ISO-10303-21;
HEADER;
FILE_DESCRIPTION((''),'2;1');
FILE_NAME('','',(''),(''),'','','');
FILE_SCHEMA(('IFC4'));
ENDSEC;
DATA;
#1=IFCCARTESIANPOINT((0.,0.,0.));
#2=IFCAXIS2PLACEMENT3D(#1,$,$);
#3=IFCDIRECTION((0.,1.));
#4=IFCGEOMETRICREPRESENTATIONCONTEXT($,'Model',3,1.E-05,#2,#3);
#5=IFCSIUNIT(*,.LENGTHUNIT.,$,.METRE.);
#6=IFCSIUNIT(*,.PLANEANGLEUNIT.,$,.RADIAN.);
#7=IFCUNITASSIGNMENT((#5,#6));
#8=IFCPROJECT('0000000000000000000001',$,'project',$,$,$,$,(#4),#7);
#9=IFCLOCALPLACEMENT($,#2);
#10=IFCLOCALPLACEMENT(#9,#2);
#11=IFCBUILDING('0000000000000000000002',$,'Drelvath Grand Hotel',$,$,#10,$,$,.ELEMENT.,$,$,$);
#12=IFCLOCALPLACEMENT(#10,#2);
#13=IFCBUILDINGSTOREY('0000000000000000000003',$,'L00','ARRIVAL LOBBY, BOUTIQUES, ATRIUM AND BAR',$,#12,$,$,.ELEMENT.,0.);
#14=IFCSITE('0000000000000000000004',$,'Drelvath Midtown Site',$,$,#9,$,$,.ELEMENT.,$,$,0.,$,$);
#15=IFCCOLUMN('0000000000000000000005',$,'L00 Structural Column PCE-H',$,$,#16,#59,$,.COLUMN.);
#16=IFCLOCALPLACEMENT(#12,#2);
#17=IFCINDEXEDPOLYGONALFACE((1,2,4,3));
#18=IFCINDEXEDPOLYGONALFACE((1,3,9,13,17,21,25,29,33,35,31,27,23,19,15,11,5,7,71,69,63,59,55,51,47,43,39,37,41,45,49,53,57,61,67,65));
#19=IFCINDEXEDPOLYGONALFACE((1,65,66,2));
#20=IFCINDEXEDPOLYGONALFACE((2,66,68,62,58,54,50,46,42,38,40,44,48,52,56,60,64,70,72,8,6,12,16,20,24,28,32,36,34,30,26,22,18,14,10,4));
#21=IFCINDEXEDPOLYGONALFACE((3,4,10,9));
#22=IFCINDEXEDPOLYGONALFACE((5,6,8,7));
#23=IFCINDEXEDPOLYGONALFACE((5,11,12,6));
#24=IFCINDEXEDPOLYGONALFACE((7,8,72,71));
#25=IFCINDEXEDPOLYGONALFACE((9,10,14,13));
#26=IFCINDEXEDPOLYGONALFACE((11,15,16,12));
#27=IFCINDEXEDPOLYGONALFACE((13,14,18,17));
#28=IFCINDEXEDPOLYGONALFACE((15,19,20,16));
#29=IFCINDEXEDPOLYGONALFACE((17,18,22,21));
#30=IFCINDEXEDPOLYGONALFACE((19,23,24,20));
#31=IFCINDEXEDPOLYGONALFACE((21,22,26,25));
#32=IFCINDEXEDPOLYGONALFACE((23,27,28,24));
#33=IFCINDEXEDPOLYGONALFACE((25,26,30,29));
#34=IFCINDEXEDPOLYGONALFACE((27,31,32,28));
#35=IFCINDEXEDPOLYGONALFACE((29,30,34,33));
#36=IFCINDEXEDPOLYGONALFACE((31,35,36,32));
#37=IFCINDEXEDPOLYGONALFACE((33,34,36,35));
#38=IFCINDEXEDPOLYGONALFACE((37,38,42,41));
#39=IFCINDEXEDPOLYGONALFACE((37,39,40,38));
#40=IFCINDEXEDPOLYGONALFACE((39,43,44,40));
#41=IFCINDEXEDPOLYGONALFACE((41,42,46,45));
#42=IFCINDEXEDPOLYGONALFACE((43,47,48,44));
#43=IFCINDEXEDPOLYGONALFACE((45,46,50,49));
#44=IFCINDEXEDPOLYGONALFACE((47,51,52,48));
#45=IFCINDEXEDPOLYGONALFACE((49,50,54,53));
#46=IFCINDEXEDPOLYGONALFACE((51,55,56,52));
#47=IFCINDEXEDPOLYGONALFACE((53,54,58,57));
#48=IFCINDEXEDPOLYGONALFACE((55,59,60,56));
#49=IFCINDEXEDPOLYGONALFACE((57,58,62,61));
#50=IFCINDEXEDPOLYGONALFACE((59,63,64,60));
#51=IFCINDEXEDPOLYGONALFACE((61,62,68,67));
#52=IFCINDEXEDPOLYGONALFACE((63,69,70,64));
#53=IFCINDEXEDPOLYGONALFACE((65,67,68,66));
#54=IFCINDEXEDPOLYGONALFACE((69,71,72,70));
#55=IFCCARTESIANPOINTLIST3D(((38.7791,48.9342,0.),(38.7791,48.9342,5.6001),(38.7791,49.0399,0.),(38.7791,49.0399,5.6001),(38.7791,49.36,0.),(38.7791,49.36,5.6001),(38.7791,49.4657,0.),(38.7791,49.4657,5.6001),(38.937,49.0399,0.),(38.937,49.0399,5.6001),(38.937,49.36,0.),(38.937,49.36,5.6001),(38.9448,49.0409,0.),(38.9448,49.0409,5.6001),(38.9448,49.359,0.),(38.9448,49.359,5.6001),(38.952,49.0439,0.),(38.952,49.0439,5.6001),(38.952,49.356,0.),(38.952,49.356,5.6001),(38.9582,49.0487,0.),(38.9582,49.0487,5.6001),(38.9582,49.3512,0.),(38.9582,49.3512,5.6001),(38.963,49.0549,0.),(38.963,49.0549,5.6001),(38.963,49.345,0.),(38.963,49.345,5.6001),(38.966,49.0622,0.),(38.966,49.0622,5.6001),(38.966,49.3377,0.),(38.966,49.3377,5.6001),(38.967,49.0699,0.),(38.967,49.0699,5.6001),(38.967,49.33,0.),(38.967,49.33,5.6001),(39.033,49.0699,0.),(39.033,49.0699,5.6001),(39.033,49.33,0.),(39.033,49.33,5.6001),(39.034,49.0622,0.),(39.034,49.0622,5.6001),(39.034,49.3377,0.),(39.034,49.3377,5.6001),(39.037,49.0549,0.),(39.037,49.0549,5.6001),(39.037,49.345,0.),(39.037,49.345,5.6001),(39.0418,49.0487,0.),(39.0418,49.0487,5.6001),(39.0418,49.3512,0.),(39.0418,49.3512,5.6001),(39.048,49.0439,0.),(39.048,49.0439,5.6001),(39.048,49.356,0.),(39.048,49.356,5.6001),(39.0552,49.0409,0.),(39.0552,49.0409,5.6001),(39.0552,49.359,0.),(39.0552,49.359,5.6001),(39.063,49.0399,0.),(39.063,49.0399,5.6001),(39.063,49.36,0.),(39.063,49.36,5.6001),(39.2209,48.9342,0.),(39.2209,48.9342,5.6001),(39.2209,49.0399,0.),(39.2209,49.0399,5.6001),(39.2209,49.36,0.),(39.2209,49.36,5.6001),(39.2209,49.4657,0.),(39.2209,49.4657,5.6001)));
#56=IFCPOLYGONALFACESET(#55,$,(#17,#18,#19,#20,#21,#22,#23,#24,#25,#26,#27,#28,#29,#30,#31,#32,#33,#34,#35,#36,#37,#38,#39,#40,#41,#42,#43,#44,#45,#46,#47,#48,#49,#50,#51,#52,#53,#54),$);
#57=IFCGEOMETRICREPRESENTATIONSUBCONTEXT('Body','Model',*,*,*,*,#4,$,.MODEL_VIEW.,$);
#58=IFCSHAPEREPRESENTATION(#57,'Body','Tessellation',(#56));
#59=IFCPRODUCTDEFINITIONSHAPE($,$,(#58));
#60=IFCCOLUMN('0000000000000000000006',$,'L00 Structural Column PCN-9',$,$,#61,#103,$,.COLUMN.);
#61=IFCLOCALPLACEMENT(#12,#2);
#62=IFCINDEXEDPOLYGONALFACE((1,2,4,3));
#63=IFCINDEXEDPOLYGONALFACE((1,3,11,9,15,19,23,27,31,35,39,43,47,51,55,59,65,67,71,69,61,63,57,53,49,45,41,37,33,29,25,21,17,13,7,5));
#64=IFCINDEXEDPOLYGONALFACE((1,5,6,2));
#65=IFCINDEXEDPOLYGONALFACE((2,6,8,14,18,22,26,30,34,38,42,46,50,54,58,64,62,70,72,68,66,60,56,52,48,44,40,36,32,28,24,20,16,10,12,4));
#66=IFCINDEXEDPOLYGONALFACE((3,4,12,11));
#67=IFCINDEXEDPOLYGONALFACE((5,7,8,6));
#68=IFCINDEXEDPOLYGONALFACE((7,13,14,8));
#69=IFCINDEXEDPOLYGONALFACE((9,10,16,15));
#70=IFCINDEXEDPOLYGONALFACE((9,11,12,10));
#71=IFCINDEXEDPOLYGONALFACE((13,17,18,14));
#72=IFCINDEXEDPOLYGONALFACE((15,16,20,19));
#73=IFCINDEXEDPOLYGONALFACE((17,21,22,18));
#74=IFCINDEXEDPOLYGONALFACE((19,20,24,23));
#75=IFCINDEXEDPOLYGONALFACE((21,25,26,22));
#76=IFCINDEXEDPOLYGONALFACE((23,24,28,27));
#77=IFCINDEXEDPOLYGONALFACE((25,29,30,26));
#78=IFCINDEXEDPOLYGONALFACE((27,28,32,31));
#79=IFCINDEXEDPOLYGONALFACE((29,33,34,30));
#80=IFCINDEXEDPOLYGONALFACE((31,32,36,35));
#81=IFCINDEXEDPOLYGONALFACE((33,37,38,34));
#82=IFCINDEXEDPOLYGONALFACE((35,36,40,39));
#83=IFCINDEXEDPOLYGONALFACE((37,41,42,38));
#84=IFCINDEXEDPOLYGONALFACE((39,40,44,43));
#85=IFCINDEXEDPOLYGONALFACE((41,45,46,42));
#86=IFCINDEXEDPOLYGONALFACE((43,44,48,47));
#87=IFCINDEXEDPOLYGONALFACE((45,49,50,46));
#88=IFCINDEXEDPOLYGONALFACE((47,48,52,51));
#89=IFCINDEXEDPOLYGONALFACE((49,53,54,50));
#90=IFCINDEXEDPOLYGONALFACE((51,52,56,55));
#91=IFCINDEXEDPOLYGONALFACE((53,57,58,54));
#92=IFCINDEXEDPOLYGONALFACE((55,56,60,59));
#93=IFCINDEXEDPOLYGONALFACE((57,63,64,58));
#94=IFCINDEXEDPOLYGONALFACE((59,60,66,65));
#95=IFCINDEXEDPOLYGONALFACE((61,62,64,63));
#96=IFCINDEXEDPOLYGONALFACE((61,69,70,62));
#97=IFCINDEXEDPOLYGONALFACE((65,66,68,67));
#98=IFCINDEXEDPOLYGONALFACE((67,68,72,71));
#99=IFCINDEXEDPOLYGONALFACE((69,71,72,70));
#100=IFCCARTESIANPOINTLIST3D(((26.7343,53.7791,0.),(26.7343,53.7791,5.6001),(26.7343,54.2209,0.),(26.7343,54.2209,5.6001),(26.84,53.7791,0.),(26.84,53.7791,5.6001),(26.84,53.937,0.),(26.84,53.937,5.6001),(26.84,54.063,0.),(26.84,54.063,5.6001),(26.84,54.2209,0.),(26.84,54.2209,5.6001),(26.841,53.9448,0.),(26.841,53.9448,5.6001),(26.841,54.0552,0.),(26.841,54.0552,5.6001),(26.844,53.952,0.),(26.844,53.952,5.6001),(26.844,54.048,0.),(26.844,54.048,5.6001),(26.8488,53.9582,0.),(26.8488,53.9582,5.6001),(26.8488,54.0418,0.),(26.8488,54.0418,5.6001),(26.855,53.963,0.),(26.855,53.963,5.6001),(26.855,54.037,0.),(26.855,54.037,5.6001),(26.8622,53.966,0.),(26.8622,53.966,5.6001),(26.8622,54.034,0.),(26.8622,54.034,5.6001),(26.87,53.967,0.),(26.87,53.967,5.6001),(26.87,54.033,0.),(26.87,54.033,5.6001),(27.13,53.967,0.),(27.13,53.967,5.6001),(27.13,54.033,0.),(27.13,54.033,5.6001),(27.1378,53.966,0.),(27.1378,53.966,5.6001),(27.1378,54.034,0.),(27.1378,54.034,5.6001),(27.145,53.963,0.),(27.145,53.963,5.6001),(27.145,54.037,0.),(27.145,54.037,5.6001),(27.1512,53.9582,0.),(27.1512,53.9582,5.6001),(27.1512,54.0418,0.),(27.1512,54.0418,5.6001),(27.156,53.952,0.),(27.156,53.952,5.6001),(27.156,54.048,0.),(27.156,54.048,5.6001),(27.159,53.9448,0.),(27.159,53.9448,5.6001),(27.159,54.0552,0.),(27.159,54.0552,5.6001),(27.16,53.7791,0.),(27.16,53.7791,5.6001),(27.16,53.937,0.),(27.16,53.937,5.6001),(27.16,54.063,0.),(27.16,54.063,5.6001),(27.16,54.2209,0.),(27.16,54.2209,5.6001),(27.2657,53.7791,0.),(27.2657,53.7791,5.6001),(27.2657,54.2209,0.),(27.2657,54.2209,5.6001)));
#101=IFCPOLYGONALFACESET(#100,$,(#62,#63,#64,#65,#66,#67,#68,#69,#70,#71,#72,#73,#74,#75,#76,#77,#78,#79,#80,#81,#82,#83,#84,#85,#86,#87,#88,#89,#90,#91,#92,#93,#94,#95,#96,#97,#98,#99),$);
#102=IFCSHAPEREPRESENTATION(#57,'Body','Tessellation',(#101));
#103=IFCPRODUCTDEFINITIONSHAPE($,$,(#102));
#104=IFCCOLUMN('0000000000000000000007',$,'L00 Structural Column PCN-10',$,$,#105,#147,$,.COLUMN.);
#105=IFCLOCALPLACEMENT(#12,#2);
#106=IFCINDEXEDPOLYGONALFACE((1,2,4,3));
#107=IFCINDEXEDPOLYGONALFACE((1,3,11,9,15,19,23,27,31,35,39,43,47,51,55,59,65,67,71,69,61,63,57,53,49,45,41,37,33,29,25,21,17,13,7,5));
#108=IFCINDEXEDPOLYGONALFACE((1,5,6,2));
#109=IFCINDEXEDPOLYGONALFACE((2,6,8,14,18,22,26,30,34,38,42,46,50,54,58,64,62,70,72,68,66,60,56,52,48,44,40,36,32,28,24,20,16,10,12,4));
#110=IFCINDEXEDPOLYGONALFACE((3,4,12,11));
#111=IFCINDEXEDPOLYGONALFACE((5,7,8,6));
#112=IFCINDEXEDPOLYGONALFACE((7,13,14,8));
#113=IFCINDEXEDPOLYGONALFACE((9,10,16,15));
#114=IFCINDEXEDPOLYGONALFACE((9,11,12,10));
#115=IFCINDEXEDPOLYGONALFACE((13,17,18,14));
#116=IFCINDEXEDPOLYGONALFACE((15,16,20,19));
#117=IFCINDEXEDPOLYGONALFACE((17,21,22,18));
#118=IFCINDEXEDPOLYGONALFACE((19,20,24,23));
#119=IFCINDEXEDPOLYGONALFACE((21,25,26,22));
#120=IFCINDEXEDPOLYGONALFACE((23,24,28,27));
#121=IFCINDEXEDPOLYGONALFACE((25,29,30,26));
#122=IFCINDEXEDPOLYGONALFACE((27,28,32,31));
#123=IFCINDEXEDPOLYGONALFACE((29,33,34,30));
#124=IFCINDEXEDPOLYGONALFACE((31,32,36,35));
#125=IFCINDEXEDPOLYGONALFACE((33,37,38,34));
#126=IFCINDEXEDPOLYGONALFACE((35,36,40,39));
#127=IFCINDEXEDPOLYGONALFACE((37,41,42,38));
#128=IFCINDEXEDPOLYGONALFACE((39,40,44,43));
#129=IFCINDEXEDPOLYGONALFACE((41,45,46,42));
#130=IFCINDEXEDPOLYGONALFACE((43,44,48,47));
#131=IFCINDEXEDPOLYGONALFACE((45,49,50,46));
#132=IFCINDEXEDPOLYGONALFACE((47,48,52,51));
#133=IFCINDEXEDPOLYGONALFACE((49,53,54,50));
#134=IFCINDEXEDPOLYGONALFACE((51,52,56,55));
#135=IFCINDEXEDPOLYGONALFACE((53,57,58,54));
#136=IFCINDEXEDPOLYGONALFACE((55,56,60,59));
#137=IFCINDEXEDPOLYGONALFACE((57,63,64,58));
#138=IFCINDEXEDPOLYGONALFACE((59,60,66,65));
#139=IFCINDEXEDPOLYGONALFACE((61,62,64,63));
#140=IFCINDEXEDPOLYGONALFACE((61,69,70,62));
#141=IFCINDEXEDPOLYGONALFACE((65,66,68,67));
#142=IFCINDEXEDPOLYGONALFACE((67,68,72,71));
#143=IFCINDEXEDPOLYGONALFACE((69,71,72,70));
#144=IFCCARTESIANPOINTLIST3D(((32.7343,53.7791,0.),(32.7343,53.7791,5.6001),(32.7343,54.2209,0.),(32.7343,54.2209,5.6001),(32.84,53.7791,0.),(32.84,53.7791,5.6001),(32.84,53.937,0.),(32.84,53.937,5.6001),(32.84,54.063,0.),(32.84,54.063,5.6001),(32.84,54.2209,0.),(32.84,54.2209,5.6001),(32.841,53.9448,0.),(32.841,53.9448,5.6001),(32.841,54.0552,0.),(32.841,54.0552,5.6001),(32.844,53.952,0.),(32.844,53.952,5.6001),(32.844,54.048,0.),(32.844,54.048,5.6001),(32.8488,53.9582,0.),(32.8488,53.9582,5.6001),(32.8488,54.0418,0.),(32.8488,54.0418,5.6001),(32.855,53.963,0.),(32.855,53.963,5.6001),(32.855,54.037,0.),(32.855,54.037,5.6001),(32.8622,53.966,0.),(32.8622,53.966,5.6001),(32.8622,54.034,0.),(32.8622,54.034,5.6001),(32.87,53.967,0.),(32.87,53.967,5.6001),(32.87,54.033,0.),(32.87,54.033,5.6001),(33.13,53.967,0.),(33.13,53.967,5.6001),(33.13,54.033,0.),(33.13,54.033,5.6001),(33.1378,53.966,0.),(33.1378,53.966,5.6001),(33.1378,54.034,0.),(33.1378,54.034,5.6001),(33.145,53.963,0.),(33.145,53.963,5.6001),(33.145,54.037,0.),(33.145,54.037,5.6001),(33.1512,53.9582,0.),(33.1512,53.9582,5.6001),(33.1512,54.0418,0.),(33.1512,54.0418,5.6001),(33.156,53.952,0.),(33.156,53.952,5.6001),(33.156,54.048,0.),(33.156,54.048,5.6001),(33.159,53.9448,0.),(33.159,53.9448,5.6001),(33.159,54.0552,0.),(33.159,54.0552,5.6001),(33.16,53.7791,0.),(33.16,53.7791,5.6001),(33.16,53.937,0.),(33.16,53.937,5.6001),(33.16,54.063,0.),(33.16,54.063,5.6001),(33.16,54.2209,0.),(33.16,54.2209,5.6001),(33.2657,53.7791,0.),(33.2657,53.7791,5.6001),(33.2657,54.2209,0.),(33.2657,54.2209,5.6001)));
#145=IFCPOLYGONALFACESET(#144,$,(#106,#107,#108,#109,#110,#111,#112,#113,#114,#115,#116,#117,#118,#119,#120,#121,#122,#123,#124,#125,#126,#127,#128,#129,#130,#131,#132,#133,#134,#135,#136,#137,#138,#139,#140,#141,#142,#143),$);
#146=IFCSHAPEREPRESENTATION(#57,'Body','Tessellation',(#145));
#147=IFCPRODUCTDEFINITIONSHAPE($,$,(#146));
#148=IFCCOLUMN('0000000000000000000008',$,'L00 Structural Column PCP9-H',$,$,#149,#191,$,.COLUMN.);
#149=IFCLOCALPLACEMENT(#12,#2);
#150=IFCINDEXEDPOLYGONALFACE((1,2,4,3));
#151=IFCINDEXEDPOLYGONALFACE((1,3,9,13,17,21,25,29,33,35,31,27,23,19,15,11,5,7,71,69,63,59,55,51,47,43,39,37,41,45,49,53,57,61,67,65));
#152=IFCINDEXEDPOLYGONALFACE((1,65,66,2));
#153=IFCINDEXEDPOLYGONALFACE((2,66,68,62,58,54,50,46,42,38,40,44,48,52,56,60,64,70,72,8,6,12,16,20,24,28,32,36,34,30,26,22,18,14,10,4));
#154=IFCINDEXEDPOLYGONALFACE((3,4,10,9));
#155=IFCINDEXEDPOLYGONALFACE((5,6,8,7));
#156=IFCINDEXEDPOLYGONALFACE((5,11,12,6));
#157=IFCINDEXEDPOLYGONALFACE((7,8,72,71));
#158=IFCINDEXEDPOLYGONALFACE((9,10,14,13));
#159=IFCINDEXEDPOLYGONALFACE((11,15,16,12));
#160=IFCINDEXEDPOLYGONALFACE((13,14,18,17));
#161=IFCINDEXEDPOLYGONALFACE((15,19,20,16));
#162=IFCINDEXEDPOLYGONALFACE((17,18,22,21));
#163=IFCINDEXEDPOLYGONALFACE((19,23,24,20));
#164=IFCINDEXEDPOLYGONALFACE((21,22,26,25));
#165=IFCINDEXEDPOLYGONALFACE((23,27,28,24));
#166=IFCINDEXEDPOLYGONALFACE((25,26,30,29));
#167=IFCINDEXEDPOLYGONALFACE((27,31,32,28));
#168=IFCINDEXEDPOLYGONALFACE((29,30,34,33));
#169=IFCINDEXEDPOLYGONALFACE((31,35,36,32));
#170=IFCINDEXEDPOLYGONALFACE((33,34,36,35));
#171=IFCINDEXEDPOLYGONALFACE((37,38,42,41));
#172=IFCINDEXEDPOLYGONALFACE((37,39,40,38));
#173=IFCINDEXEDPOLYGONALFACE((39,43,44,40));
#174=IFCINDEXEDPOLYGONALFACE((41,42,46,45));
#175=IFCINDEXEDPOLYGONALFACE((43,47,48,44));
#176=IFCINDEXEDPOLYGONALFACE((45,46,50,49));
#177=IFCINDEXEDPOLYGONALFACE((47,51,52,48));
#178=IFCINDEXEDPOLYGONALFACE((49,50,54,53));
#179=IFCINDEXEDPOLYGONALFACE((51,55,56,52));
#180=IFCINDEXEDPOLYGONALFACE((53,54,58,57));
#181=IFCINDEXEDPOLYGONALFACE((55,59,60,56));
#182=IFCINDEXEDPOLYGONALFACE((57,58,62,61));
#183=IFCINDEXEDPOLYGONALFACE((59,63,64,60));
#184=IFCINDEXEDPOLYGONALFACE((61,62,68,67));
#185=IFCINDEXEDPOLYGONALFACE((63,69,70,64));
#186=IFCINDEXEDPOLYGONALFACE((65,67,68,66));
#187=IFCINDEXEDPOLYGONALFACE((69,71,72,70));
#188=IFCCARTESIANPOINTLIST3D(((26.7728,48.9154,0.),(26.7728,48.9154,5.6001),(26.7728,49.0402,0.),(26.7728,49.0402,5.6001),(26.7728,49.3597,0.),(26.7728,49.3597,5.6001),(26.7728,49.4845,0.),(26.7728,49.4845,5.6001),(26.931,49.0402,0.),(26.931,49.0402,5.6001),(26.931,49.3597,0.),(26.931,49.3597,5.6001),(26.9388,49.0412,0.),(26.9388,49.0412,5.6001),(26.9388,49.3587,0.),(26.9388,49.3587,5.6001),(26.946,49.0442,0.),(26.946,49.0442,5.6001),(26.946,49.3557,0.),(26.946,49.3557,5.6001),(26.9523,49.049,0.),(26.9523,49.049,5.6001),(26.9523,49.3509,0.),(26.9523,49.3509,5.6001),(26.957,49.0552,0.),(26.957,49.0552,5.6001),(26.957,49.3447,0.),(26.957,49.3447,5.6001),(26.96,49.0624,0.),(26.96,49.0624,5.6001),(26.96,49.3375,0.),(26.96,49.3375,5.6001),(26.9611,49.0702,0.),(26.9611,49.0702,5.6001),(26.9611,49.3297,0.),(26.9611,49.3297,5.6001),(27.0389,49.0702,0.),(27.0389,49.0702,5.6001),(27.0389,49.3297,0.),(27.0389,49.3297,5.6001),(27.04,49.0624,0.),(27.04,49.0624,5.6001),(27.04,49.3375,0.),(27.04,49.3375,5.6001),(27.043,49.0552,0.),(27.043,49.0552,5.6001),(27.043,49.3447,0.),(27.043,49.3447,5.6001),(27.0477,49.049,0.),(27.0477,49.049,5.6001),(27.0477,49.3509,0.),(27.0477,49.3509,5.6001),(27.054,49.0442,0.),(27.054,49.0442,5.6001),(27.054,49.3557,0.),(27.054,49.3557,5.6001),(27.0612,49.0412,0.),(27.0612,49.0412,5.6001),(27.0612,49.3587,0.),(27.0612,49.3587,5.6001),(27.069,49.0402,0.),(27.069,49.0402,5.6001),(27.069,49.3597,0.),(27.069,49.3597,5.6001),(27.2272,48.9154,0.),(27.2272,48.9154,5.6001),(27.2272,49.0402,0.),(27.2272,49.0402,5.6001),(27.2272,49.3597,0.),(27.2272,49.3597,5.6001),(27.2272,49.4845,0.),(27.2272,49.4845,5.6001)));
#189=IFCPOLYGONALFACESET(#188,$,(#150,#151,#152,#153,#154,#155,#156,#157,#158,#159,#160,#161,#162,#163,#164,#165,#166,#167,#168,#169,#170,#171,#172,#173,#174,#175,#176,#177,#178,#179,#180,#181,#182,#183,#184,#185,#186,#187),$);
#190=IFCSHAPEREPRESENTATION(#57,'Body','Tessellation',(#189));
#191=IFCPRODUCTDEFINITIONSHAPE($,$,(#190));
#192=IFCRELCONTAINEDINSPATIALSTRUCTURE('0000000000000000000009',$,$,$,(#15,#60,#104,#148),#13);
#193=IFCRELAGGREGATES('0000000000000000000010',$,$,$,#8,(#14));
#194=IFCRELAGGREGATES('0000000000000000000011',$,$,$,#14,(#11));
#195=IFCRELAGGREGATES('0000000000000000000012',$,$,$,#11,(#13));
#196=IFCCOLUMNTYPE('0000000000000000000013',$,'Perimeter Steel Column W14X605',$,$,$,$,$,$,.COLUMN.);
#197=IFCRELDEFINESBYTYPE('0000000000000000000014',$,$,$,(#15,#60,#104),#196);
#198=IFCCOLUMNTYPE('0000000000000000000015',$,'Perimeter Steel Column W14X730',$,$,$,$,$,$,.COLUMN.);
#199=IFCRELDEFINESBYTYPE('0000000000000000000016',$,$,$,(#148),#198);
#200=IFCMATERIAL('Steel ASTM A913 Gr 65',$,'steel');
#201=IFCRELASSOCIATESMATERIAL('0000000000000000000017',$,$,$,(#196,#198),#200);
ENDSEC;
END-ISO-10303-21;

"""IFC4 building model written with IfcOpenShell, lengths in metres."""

from ifc_helpers import new_model, si_unit, direction, frame, origin, origin_2d, place, context, subcontext, project, spatial, i_section, extrude, material, material_profile, profile_set, type_object, element, save


model = new_model("IFC4")

# Units and contexts
model_context = context("Model", 3, precision=1e-05, world=origin(), true_north=direction((0.0, 1.0)))
body_context = subcontext(model_context, "Body", "Model", "MODEL_VIEW")
ifc_project = project(units=[si_unit("LENGTHUNIT", "METRE"), si_unit("PLANEANGLEUNIT", "RADIAN")], contexts=[model_context])

# Site, building, storey
site_placement = place(None, origin())
site = spatial("IfcSite", under=ifc_project, at=site_placement, Name="Drelvath Midtown Site", CompositionType="ELEMENT", RefElevation=0.0)
building_placement = place(site_placement, origin())
building = spatial("IfcBuilding", under=site, at=building_placement, Name="Drelvath Grand Hotel", CompositionType="ELEMENT")
storey_placement = place(building_placement, origin())
storey = spatial("IfcBuildingStorey", under=building, at=storey_placement, Name="L00", Description="ARRIVAL LOBBY, BOUTIQUES, ATRIUM AND BAR", CompositionType="ELEMENT", Elevation=0.0)

# Columns
ifc_material_1 = material(Name="Steel ASTM A913 Gr 65", Category="steel")
ifc_material_profile_1 = material_profile(ifc_material_1, i_section(OverallWidth=0.4419, OverallDepth=0.5315, WebThickness=0.0659, FlangeThickness=0.1057, FilletRadius=0.03, at=origin_2d()), Name="W14X605")
ifc_profile_set_1 = profile_set([ifc_material_profile_1], Name="Steel ASTM A913 Gr 65")
column_type_1 = type_object("IfcColumnType", Name="Perimeter Steel Column W14X605", PredefinedType="COLUMN", material=ifc_profile_set_1)
for number, where, z_axis, x_axis, name in (
    (1, (39.0, 49.2, 0.0), (0.0, 0.0, 1.0), (1.0, 0.0, 0.0), "L00 Structural Column PCE-H"),
    (2, (27.0, 54.0, 0.0), (0.0, 0.0, 1.0), (0.0, 1.0, 0.0), "L00 Structural Column PCN-9"),
    (3, (33.0, 54.0, 0.0), (0.0, 0.0, 1.0), (0.0, 1.0, 0.0), "L00 Structural Column PCN-10"),
):
    element("IfcColumn", number, at=place(storey_placement, frame(where, z_axis=z_axis, x_axis=x_axis)), inside=storey, type_object=column_type_1, Name=name, PredefinedType="COLUMN", context=body_context, shape_type="SweptSolid", body=[
        extrude(i_section(OverallWidth=0.4419, OverallDepth=0.5315, WebThickness=0.0659, FlangeThickness=0.1057, FilletRadius=0.03, at=origin_2d()), origin(), (0.0, 0.0, 1.0), 5.6001),
    ])
ifc_material_profile_2 = material_profile(ifc_material_1, i_section(OverallWidth=0.4543, OverallDepth=0.5691, WebThickness=0.0779, FlangeThickness=0.1248, FilletRadius=0.03, at=origin_2d()), Name="W14X730")
ifc_profile_set_2 = profile_set([ifc_material_profile_2], Name="Steel ASTM A913 Gr 65")
column_type_2 = type_object("IfcColumnType", Name="Perimeter Steel Column W14X730", PredefinedType="COLUMN", material=ifc_profile_set_2)
column_placement = place(storey_placement, frame((27.0, 49.2, 0.0), z_axis=(0.0, 0.0, 1.0), x_axis=(1.0, 0.0, 0.0)))
element("IfcColumn", 4, at=column_placement, inside=storey, type_object=column_type_2, Name="L00 Structural Column PCP9-H", PredefinedType="COLUMN", context=body_context, shape_type="SweptSolid", body=[
    extrude(i_section(OverallWidth=0.4543, OverallDepth=0.5691, WebThickness=0.0779, FlangeThickness=0.1248, FilletRadius=0.03, at=origin_2d()), origin(), (0.0, 0.0, 1.0), 5.6001),
])

save(model, "model.ifc")
